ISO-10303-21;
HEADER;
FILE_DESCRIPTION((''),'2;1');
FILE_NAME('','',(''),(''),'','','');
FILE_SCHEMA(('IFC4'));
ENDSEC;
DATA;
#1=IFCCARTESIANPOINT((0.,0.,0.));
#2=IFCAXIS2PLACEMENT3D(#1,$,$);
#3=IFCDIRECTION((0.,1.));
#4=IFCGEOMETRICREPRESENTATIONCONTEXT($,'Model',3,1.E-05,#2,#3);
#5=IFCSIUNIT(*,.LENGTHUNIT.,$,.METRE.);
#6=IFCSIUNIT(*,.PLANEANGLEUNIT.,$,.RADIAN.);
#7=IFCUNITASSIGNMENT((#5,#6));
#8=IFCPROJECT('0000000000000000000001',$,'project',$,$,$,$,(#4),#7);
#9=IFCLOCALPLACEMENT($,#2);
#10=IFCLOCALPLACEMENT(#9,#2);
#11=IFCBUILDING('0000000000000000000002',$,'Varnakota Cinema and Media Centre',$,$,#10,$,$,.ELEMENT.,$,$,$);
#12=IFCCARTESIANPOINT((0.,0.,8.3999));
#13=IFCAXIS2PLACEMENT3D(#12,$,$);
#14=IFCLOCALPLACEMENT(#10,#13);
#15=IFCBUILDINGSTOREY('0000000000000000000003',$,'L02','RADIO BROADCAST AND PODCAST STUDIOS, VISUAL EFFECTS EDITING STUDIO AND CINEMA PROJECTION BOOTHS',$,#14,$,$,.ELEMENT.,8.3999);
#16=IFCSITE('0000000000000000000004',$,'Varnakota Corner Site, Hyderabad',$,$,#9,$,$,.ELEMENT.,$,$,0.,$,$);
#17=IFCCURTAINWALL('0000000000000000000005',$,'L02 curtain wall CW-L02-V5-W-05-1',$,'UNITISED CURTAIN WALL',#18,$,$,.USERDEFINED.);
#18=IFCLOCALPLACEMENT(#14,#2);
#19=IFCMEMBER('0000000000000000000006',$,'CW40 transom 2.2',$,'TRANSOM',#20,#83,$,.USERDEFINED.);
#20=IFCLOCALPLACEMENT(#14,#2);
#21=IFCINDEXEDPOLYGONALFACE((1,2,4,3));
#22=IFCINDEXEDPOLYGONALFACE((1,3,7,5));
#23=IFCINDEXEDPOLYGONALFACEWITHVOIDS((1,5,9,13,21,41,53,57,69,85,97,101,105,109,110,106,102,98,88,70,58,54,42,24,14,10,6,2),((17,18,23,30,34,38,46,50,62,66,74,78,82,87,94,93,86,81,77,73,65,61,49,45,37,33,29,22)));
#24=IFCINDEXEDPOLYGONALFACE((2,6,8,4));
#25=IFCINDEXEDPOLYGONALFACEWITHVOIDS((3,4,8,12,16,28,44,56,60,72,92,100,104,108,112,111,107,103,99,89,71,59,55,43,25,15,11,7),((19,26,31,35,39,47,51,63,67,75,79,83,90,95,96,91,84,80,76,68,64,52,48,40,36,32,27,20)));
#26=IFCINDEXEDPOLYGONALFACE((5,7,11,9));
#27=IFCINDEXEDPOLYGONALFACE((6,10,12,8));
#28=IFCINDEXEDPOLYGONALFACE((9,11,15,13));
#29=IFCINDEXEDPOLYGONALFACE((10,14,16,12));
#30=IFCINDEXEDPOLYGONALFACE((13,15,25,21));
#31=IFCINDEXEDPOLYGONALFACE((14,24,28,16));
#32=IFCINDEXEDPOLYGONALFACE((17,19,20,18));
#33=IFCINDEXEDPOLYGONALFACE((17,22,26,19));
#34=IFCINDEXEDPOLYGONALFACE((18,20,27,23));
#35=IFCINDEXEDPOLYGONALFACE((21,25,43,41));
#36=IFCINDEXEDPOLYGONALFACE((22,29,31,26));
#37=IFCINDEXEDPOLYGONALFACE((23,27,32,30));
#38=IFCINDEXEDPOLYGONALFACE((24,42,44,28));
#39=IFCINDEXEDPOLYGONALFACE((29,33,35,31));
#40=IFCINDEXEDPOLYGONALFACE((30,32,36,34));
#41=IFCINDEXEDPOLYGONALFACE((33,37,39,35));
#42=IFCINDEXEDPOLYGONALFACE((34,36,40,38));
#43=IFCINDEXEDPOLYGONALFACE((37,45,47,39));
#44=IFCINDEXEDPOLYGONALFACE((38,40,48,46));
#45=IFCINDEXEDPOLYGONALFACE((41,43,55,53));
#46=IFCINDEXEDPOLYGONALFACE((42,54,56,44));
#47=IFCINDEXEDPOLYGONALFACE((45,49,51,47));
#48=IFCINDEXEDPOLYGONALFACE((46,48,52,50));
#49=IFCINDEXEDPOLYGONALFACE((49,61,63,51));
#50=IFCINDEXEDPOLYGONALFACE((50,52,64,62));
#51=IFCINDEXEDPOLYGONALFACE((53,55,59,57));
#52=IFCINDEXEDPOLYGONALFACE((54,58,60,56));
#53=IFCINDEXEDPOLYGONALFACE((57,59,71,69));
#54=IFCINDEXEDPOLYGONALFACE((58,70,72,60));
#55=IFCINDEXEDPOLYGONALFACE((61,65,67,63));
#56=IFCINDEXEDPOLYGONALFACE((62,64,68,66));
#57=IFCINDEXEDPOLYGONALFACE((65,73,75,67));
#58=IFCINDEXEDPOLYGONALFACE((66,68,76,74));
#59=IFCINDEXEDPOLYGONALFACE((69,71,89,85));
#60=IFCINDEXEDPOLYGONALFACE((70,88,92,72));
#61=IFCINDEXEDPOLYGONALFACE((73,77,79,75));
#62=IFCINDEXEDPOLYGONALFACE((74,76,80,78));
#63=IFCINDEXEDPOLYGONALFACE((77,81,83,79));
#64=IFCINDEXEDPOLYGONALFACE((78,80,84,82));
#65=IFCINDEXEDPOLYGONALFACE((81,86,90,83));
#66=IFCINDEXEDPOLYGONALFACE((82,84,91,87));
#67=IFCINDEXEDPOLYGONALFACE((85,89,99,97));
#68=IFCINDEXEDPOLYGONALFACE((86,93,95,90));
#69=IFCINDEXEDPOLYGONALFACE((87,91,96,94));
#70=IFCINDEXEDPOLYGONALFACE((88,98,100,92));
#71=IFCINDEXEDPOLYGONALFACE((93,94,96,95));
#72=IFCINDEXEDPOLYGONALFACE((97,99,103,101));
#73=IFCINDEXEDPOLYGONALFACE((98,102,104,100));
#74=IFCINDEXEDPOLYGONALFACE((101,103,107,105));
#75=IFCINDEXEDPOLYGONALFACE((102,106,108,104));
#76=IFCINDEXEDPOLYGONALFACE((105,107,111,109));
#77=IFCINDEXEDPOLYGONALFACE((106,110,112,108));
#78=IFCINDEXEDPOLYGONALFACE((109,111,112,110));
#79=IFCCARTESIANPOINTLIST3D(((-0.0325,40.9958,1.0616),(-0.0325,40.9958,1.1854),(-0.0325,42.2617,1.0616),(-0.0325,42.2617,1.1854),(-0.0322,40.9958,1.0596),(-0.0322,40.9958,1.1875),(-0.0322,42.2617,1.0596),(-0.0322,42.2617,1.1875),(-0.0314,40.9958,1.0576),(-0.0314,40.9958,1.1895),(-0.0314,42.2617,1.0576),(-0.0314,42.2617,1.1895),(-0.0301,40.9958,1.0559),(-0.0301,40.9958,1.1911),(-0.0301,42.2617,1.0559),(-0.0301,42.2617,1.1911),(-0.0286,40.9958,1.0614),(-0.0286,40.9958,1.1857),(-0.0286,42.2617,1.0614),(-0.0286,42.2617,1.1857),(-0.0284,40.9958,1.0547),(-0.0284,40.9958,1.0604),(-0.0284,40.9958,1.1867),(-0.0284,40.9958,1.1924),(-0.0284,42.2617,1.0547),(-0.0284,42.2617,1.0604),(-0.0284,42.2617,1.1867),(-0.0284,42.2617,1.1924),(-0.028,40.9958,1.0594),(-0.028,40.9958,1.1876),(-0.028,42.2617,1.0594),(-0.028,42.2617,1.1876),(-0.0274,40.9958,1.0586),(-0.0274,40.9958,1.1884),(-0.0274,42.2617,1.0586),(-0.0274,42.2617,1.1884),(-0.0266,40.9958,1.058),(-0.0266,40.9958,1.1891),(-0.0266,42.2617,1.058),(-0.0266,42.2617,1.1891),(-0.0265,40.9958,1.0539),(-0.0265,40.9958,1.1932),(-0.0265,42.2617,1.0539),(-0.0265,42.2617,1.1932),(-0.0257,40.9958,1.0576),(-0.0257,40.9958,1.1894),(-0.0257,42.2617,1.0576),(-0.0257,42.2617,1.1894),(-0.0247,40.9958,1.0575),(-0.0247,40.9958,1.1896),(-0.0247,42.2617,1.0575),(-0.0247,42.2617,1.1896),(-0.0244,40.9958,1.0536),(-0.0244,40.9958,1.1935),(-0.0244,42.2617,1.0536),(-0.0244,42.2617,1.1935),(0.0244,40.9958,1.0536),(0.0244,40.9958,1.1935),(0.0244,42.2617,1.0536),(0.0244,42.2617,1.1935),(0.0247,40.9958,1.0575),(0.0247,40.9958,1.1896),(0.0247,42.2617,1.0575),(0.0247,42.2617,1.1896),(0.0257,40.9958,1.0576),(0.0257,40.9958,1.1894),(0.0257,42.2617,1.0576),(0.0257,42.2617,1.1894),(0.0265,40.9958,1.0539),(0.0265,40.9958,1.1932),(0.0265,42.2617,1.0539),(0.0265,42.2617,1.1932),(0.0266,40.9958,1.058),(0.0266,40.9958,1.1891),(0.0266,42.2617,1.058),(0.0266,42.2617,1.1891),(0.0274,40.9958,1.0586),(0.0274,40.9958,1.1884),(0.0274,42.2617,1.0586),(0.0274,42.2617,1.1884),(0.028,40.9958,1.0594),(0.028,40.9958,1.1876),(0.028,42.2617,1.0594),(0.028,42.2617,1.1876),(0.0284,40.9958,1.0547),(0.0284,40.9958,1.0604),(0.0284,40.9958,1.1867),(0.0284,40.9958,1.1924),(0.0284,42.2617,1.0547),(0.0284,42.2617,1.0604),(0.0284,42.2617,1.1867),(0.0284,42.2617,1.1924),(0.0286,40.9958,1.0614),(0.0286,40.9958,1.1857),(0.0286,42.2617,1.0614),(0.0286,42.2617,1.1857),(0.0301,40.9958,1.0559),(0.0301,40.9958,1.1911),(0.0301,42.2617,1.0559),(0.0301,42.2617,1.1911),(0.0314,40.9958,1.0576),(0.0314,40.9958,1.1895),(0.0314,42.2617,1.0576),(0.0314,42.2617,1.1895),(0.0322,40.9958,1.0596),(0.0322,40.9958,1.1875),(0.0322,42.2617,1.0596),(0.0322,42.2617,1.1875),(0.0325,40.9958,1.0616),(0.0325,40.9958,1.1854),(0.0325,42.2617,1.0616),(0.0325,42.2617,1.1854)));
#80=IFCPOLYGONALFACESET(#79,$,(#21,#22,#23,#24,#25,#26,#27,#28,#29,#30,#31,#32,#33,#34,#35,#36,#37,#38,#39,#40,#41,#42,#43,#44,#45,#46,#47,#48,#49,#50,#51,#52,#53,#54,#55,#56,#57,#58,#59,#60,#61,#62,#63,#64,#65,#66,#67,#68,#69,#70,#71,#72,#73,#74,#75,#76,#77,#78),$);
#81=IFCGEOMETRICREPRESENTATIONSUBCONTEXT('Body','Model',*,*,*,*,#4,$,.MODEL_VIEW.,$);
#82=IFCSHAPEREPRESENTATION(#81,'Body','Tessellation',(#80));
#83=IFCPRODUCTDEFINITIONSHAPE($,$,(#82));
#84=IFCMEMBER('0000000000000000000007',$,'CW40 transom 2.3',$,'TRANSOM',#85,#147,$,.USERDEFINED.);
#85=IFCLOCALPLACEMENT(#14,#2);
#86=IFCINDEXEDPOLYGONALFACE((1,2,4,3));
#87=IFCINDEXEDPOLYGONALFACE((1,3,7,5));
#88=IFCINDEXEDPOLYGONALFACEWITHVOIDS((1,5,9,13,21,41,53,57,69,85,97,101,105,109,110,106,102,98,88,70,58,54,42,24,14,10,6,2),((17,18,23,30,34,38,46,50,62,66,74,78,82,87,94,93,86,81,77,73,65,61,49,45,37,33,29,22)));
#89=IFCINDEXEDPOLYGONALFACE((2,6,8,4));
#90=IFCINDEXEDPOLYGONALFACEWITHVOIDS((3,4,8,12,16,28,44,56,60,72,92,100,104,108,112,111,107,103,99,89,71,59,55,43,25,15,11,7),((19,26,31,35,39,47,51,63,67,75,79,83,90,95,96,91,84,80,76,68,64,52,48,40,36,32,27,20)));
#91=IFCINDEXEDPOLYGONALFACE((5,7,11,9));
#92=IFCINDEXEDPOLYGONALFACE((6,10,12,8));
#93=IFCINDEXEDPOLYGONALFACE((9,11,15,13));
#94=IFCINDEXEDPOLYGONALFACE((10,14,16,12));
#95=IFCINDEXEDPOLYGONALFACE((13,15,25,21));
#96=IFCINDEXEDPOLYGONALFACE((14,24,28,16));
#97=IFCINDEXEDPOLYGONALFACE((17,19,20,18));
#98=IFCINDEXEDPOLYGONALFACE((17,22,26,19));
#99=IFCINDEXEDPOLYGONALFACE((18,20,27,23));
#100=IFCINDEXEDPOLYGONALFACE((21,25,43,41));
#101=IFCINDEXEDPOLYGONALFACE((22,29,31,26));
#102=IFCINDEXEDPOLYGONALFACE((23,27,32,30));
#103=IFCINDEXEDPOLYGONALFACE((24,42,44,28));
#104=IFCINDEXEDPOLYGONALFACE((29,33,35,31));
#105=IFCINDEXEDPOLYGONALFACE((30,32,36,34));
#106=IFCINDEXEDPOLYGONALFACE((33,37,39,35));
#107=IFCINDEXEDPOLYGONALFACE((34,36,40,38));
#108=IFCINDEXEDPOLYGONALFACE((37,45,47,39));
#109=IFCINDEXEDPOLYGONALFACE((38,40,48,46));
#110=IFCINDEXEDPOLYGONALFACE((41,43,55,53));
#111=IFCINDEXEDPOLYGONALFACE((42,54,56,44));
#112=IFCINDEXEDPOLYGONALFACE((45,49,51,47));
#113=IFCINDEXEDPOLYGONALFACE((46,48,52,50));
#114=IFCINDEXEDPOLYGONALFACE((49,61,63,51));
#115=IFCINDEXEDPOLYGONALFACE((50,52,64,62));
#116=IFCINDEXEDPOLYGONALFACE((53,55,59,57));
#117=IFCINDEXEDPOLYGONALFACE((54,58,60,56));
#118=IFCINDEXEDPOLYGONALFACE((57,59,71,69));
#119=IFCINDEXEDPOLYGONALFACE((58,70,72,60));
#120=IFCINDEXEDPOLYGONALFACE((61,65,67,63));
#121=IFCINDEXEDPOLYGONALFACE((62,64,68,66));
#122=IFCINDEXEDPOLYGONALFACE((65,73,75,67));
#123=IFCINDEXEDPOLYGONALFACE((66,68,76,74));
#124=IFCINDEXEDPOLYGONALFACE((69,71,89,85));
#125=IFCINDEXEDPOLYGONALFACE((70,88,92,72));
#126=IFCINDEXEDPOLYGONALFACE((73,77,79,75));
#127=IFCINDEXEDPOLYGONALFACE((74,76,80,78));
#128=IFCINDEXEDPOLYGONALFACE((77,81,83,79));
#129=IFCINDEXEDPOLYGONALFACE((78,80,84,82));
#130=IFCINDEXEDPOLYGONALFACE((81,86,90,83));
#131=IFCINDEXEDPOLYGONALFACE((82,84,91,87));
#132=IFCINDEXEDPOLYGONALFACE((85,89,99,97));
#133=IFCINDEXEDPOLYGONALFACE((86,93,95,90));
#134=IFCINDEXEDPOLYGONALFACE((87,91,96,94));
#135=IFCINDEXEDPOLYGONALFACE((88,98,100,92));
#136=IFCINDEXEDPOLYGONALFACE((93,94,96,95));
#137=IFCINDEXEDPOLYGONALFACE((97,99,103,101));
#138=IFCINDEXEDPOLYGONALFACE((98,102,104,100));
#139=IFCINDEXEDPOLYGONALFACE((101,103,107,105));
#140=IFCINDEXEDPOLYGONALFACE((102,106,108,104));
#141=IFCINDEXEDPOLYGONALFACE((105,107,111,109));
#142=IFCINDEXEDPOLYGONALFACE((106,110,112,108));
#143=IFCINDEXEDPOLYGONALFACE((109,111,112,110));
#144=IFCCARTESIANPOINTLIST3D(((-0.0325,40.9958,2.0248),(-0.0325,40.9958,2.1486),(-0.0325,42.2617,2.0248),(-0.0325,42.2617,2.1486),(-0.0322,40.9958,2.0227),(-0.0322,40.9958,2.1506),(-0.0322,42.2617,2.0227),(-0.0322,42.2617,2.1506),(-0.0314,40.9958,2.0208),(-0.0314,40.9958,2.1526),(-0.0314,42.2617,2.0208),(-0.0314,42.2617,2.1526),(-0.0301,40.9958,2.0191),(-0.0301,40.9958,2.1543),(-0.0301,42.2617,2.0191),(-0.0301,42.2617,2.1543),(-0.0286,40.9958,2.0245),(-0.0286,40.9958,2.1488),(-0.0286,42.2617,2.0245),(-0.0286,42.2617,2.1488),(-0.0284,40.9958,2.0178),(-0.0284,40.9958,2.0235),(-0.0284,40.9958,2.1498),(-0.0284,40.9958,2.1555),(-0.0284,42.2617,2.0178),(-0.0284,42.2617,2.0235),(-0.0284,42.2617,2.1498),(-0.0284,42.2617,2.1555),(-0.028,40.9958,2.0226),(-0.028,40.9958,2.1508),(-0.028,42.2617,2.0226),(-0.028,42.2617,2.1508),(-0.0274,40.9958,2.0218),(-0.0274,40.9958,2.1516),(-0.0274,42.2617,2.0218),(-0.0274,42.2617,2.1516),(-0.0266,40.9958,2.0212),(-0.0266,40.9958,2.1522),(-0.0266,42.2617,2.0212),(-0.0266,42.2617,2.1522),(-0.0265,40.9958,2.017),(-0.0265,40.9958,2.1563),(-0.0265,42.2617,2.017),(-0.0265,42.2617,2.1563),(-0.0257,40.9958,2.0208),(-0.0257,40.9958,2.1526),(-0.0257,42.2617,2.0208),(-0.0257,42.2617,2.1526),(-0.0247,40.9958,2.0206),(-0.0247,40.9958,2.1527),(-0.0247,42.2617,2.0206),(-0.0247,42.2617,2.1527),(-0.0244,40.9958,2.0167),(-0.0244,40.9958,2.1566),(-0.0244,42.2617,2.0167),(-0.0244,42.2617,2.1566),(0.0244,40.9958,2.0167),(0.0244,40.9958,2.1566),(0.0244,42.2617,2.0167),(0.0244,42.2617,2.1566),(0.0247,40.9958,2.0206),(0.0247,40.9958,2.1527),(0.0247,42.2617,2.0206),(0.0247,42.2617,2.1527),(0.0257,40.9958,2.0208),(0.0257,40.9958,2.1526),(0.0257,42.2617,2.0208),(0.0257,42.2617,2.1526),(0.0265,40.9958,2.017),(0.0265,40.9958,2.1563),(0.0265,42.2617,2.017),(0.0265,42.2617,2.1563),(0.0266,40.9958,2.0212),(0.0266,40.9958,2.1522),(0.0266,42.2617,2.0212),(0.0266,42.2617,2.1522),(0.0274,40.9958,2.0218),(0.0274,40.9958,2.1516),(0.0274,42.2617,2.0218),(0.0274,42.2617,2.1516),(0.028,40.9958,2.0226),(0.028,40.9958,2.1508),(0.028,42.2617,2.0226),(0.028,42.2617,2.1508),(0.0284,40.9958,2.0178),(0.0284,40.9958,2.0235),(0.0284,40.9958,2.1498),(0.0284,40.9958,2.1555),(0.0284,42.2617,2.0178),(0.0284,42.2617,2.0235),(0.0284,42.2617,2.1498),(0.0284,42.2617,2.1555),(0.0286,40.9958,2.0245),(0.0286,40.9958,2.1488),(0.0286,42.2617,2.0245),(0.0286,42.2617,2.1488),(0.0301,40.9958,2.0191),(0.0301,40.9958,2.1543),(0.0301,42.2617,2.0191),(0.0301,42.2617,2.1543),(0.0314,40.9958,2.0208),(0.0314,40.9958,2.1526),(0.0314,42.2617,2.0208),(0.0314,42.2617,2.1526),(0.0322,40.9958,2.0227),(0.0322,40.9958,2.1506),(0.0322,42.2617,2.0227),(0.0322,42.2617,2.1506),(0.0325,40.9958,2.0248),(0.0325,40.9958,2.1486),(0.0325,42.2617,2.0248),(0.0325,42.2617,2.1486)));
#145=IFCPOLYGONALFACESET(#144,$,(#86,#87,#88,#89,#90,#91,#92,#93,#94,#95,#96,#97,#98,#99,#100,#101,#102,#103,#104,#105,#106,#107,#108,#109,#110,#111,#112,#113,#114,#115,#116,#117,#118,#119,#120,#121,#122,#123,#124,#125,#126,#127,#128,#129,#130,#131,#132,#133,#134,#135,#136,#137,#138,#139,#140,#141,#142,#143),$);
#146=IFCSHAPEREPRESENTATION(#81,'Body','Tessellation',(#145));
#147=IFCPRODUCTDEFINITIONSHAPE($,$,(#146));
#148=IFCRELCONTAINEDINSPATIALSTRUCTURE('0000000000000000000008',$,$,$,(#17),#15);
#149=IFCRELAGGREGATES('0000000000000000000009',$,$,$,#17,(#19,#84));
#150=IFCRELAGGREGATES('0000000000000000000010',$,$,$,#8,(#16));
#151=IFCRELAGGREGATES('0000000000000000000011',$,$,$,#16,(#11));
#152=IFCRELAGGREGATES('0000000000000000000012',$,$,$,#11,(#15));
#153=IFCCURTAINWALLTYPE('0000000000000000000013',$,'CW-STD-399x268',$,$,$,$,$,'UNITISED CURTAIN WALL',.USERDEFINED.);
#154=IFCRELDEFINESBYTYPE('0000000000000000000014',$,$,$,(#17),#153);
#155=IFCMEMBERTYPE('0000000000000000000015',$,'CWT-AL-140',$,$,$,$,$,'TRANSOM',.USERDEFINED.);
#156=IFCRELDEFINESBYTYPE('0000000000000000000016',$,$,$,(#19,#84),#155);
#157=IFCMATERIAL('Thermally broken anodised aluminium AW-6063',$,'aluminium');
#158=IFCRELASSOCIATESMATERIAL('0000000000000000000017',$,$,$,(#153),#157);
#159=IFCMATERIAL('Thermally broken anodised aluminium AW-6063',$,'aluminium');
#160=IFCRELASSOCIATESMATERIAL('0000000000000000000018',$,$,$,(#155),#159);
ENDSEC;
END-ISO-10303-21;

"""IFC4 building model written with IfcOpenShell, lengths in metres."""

from ifc_helpers import new_model, si_unit, direction, frame, origin, origin_2d, place, context, subcontext, project, spatial, hollow_rectangle, extrude, material, material_profile, profile_set, type_object, element, aggregate, save


model = new_model("IFC4")

# Units and contexts
model_context = context("Model", 3, precision=1e-05, world=origin(), true_north=direction((0.0, 1.0)))
body_context = subcontext(model_context, "Body", "Model", "MODEL_VIEW")
ifc_project = project(units=[si_unit("LENGTHUNIT", "METRE"), si_unit("PLANEANGLEUNIT", "RADIAN")], contexts=[model_context])

# Site, building, storey
site_placement = place(None, origin())
site = spatial("IfcSite", under=ifc_project, at=site_placement, Name="Varnakota Corner Site, Hyderabad", CompositionType="ELEMENT", RefElevation=0.0)
building_placement = place(site_placement, origin())
building = spatial("IfcBuilding", under=site, at=building_placement, Name="Varnakota Cinema and Media Centre", CompositionType="ELEMENT")
storey_placement = place(building_placement, frame((0.0, 0.0, 8.3999)))
storey = spatial("IfcBuildingStorey", under=building, at=storey_placement, Name="L02", Description="RADIO BROADCAST AND PODCAST STUDIOS, VISUAL EFFECTS EDITING STUDIO AND CINEMA PROJECTION BOOTHS", CompositionType="ELEMENT", Elevation=8.3999)

# Curtain wall, members
ifc_material_1 = material(Name="Thermally broken anodised aluminium AW-6063", Category="aluminium")
curtain_wall_type = type_object("IfcCurtainWallType", Name="CW-STD-399x268", ElementType="UNITISED CURTAIN WALL", PredefinedType="USERDEFINED", material=ifc_material_1)
curtain_wall_placement = place(storey_placement, origin())
curtain_wall = element("IfcCurtainWall", 1, at=curtain_wall_placement, inside=storey, type_object=curtain_wall_type, Name="L02 curtain wall CW-L02-V5-W-05-1", ObjectType="UNITISED CURTAIN WALL", PredefinedType="USERDEFINED")
ifc_material_2 = material(Name="Thermally broken anodised aluminium AW-6063", Category="aluminium")
ifc_material_profile_1 = material_profile(ifc_material_2, hollow_rectangle(XDim=0.0649, YDim=0.1399, WallThickness=0.0039, InnerFilletRadius=0.0039, OuterFilletRadius=0.0081, at=origin_2d()), Name="AL-TRANSOM 140x65x4")
ifc_profile_set_1 = profile_set([ifc_material_profile_1], Name="Thermally broken anodised aluminium AW-6063")
member_type_1 = type_object("IfcMemberType", Name="CWT-AL-140", ElementType="TRANSOM", PredefinedType="USERDEFINED", material=ifc_profile_set_1)
member_1_placement = place(storey_placement, frame((0.0, 42.2617, 1.1235), z_axis=(0.0, -1.0, 0.0), x_axis=(1.0, 0.0, 0.0)))
member_1 = element("IfcMember", 2, at=member_1_placement, type_object=member_type_1, Name="CW40 transom 2.2", ObjectType="TRANSOM", PredefinedType="USERDEFINED", context=body_context, shape_type="SweptSolid", body=[
    extrude(hollow_rectangle(XDim=0.0649, YDim=0.1399, WallThickness=0.0039, InnerFilletRadius=0.0039, OuterFilletRadius=0.0081, at=origin_2d()), origin(), (0.0, 0.0, 1.0), 1.2659),
])
member_2_placement = place(storey_placement, frame((0.0, 42.2617, 2.0867), z_axis=(0.0, -1.0, 0.0), x_axis=(1.0, 0.0, 0.0)))
member_2 = element("IfcMember", 3, at=member_2_placement, type_object=member_type_1, Name="CW40 transom 2.3", ObjectType="TRANSOM", PredefinedType="USERDEFINED", context=body_context, shape_type="SweptSolid", body=[
    extrude(hollow_rectangle(XDim=0.0649, YDim=0.1399, WallThickness=0.0039, InnerFilletRadius=0.0039, OuterFilletRadius=0.0081, at=origin_2d()), origin(), (0.0, 0.0, 1.0), 1.2659),
])
aggregate(curtain_wall, [member_1, member_2])

save(model, "model.ifc")
